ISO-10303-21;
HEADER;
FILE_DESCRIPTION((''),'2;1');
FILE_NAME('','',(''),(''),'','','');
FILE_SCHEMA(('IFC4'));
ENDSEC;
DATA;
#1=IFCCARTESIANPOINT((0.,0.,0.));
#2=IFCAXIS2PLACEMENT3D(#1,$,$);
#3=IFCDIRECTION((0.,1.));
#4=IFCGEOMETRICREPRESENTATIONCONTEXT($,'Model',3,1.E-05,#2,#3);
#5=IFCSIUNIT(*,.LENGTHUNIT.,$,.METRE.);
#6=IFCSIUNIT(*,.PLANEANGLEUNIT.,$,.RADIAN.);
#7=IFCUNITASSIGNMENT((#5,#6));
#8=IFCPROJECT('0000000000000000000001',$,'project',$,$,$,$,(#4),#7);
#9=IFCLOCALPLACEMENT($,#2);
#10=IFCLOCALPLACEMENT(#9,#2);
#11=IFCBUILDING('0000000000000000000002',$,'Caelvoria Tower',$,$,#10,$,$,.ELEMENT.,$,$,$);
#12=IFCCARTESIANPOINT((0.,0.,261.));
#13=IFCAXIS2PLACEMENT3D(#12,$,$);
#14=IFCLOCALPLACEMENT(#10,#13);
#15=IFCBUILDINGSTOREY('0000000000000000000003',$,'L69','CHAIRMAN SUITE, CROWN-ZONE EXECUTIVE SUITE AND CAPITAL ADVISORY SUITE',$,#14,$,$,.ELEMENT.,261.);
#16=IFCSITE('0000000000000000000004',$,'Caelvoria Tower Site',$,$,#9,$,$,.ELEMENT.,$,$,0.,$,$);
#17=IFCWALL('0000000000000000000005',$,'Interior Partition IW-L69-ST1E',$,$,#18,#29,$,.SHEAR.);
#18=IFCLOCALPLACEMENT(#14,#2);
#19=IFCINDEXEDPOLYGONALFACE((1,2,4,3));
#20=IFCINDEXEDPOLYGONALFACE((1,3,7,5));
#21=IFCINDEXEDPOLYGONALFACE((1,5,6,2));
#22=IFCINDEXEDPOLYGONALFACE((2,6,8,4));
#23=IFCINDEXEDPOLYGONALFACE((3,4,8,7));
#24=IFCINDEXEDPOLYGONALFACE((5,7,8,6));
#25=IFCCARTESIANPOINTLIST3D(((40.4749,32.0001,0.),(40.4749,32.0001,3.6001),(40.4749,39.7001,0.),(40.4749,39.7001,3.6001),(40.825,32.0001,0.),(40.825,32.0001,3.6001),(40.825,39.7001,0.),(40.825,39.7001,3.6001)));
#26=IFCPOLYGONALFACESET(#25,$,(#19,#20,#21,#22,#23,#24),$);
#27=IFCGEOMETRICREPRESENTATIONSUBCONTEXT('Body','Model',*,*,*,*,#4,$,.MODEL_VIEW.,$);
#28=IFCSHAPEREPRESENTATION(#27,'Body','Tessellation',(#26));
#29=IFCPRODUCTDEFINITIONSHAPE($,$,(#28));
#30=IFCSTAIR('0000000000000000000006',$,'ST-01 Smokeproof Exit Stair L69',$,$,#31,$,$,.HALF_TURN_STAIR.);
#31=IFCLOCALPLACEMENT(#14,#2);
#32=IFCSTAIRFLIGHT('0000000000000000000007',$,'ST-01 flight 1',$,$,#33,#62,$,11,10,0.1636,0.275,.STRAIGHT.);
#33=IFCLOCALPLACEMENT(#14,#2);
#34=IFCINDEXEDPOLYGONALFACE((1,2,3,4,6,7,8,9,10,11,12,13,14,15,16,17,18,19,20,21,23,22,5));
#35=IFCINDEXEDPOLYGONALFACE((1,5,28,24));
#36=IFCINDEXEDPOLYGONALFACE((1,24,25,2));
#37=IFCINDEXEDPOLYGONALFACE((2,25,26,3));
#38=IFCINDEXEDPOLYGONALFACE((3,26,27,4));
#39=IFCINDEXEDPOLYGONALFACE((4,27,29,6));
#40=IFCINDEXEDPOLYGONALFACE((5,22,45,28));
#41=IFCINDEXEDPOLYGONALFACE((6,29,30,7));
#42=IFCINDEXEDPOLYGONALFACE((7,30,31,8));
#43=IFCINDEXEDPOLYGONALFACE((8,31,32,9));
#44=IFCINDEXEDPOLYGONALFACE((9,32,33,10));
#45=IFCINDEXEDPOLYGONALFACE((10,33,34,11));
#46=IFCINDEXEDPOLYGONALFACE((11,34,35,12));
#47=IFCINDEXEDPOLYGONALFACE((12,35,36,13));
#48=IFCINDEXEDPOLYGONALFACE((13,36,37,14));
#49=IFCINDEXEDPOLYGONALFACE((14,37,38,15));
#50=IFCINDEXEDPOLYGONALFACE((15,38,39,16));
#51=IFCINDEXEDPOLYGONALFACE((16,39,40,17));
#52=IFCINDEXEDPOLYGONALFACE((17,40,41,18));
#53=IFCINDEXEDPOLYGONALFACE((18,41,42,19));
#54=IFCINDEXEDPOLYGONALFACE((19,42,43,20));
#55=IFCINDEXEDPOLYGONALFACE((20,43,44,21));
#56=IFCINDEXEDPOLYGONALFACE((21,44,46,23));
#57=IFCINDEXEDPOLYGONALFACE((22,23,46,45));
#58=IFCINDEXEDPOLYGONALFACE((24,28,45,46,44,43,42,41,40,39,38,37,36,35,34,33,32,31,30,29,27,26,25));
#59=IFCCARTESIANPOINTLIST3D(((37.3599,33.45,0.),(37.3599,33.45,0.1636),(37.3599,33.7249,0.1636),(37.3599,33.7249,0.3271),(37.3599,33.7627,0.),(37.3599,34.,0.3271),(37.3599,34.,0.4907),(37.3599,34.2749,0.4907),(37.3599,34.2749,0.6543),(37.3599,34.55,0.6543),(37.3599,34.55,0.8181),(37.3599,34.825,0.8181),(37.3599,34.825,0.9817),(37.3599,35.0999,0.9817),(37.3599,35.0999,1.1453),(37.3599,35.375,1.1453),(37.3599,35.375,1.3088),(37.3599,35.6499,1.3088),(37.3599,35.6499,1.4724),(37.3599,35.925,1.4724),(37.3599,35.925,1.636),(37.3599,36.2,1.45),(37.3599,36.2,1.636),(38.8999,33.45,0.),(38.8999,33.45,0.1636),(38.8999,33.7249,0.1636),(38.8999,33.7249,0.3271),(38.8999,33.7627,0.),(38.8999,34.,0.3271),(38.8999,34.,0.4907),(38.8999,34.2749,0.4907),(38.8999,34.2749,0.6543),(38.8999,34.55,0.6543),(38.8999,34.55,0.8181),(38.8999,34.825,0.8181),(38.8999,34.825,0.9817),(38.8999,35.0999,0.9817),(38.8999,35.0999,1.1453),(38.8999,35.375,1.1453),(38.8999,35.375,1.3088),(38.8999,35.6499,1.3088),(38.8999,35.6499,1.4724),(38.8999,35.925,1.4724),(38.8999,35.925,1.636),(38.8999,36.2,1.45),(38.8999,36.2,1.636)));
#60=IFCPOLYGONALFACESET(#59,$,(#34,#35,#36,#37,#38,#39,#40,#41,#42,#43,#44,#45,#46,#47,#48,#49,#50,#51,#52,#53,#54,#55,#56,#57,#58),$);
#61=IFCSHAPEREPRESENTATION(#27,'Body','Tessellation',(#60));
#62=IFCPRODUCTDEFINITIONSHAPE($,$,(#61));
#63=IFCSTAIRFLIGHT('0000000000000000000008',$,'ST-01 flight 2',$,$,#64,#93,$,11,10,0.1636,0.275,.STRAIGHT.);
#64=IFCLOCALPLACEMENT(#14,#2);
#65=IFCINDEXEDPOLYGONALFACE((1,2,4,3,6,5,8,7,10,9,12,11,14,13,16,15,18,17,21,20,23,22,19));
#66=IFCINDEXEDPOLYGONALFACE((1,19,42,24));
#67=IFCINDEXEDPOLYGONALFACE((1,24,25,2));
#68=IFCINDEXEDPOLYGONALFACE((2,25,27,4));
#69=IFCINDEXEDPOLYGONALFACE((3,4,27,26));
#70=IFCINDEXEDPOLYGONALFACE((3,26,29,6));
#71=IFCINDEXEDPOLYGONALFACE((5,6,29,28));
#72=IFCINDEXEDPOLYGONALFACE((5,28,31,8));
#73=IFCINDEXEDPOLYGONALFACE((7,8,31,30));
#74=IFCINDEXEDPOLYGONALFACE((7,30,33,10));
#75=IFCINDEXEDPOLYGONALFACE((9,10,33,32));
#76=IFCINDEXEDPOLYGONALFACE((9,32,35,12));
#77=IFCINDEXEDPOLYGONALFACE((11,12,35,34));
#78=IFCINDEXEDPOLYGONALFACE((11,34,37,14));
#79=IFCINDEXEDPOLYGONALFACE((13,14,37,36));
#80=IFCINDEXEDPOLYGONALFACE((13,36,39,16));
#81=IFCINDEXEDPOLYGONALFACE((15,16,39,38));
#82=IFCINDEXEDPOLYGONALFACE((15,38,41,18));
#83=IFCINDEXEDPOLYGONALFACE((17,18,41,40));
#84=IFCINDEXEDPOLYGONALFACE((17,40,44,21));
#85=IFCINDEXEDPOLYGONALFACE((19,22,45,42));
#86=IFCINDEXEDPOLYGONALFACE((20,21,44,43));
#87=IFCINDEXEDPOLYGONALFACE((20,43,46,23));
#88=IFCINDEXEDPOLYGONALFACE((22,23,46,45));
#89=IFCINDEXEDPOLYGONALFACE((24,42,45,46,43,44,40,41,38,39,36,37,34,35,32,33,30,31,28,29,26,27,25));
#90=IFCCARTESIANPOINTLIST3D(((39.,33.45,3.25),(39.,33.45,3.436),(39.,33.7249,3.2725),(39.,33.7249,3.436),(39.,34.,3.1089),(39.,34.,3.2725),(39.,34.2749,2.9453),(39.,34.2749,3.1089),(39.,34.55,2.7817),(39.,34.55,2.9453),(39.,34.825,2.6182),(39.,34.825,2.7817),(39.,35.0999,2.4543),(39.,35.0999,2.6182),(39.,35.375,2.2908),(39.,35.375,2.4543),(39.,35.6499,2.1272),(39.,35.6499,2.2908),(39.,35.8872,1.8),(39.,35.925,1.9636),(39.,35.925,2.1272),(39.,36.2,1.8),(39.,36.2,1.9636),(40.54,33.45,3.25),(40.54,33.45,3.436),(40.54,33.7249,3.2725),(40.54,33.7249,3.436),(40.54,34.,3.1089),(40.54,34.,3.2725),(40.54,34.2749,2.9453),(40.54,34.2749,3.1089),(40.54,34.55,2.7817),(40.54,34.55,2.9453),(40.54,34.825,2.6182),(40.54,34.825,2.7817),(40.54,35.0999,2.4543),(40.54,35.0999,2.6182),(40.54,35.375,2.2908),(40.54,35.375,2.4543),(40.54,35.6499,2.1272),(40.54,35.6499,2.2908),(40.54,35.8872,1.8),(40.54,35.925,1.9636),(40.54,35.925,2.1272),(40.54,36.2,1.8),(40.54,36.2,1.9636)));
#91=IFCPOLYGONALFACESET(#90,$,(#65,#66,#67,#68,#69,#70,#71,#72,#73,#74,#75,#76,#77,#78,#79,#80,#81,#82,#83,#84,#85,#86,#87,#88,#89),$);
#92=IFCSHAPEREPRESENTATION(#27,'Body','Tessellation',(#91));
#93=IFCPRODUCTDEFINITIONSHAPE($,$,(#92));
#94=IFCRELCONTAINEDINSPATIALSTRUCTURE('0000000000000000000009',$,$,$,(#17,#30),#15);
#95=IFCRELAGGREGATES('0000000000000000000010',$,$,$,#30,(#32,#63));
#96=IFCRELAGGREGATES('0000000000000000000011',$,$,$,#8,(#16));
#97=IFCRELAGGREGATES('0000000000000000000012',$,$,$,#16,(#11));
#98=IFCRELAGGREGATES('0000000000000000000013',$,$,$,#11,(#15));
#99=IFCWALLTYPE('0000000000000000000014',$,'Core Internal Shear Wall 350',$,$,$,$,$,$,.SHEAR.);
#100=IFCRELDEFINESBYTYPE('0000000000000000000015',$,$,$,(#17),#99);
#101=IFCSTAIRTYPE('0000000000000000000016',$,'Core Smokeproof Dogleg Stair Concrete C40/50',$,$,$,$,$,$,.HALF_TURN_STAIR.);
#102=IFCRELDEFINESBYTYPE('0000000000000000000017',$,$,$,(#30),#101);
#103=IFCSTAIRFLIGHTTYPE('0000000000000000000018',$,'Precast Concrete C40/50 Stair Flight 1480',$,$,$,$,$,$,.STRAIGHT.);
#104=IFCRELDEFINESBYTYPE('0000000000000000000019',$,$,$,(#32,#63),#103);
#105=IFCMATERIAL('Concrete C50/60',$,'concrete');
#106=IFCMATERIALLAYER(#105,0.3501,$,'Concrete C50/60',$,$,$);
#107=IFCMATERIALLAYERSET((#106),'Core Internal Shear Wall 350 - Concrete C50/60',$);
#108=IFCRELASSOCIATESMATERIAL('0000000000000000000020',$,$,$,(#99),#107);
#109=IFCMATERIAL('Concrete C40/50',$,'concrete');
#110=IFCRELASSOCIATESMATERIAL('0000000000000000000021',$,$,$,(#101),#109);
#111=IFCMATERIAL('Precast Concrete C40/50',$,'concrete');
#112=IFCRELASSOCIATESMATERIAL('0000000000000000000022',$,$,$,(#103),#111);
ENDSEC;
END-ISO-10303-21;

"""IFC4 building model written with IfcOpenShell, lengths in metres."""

from ifc_helpers import new_model, si_unit, direction, frame, frame_2d, origin, place, context, subcontext, project, spatial, polyline, rectangle, outline, extrude, material, layer, layer_set, type_object, element, aggregate, save


model = new_model("IFC4")

# Units and contexts
model_context = context("Model", 3, precision=1e-05, world=origin(), true_north=direction((0.0, 1.0)))
body_context = subcontext(model_context, "Body", "Model", "MODEL_VIEW")
ifc_project = project(units=[si_unit("LENGTHUNIT", "METRE"), si_unit("PLANEANGLEUNIT", "RADIAN")], contexts=[model_context])

# Site, building, storey
site_placement = place(None, origin())
site = spatial("IfcSite", under=ifc_project, at=site_placement, Name="Caelvoria Tower Site", CompositionType="ELEMENT", RefElevation=0.0)
building_placement = place(site_placement, origin())
building = spatial("IfcBuilding", under=site, at=building_placement, Name="Caelvoria Tower", CompositionType="ELEMENT")
storey_placement = place(building_placement, frame((0.0, 0.0, 261.0)))
storey = spatial("IfcBuildingStorey", under=building, at=storey_placement, Name="L69", Description="CHAIRMAN SUITE, CROWN-ZONE EXECUTIVE SUITE AND CAPITAL ADVISORY SUITE", CompositionType="ELEMENT", Elevation=261.0)

# Shared definitions
ifc_material_1 = material(Name="Concrete C50/60", Category="concrete")
ifc_layer_1 = layer(ifc_material_1, 0.3501, Name="Concrete C50/60")
ifc_layer_set_1 = layer_set([ifc_layer_1], Name="Core Internal Shear Wall 350 - Concrete C50/60")
wall_type_1 = type_object("IfcWallType", Name="Core Internal Shear Wall 350", PredefinedType="SHEAR", material=ifc_layer_set_1)

# Wall
wall_1_placement = place(storey_placement, frame((40.6499, 32.0, 0.0), z_axis=(0.0, 0.0, 1.0), x_axis=(0.0, 1.0, 0.0)))
element("IfcWall", 1, at=wall_1_placement, inside=storey, type_object=wall_type_1, Name="Interior Partition IW-L69-ST1E", PredefinedType="SHEAR", context=body_context, shape_type="SweptSolid", body=[
    extrude(rectangle(XDim=7.7, YDim=0.3501, at=frame_2d((3.8501, 0.0))), origin(), (0.0, 0.0, 1.0), 3.6001),
])

# Stair, stair flights
ifc_material_2 = material(Name="Concrete C40/50", Category="concrete")
stair_type = type_object("IfcStairType", Name="Core Smokeproof Dogleg Stair Concrete C40/50", PredefinedType="HALF_TURN_STAIR", material=ifc_material_2)
stair_placement = place(storey_placement, origin())
stair = element("IfcStair", 2, at=stair_placement, inside=storey, type_object=stair_type, Name="ST-01 Smokeproof Exit Stair L69", PredefinedType="HALF_TURN_STAIR")
ifc_material_3 = material(Name="Precast Concrete C40/50", Category="concrete")
stair_flight_type = type_object("IfcStairFlightType", Name="Precast Concrete C40/50 Stair Flight 1480", PredefinedType="STRAIGHT", material=ifc_material_3)
stair_flight_1_placement = place(storey_placement, frame((38.1299, 33.45, 0.0), z_axis=(0.0, 0.0, 1.0), x_axis=(0.0, 1.0, 0.0)))
stair_flight_1 = element("IfcStairFlight", 3, at=stair_flight_1_placement, type_object=stair_flight_type, Name="ST-01 flight 1", NumberOfRisers=11, NumberOfTreads=10, PredefinedType="STRAIGHT", RiserHeight=0.1636, TreadLength=0.275, context=body_context, shape_type="SweptSolid", body=[
    extrude(outline(polyline([(0.0, 0.0), (0.0, 0.1636), (0.2749, 0.1636), (0.2749, 0.3271), (0.55, 0.3271), (0.55, 0.4907), (0.825, 0.4907), (0.825, 0.6543), (1.1001, 0.6543), (1.1001, 0.8181), (1.375, 0.8181), (1.375, 0.9817), (1.6499, 0.9817), (1.6499, 1.1453), (1.925, 1.1453), (1.925, 1.3088), (2.2, 1.3088), (2.2, 1.4724), (2.4751, 1.4724), (2.4751, 1.636), (2.75, 1.636), (2.75, 1.7996), (2.75, 1.45), (0.3127, 0.0), (0.0, 0.0)])), frame((0.0, 0.77, 0.0), z_axis=(0.0, -1.0, 0.0), x_axis=(1.0, 0.0, 0.0)), (0.0, 0.0, 1.0), 1.54),
])
stair_flight_2_placement = place(storey_placement, frame((39.77, 36.2, 1.8), z_axis=(0.0, 0.0, 1.0), x_axis=(0.0, -1.0, 0.0)))
stair_flight_2 = element("IfcStairFlight", 4, at=stair_flight_2_placement, type_object=stair_flight_type, Name="ST-01 flight 2", NumberOfRisers=11, NumberOfTreads=10, PredefinedType="STRAIGHT", RiserHeight=0.1636, TreadLength=0.275, context=body_context, shape_type="SweptSolid", body=[
    extrude(outline(polyline([(0.0, 0.0), (0.0, 0.1636), (0.2749, 0.1636), (0.2749, 0.3271), (0.55, 0.3271), (0.55, 0.4907), (0.825, 0.4907), (0.825, 0.6543), (1.1001, 0.6543), (1.1001, 0.8181), (1.375, 0.8181), (1.375, 0.9817), (1.6499, 0.9817), (1.6499, 1.1453), (1.925, 1.1453), (1.925, 1.3088), (2.2, 1.3088), (2.2, 1.4724), (2.4751, 1.4724), (2.4751, 1.636), (2.75, 1.636), (2.75, 1.7996), (2.75, 1.45), (0.3127, 0.0), (0.0, 0.0)])), frame((0.0, 0.77, 0.0), z_axis=(0.0, -1.0, 0.0), x_axis=(1.0, 0.0, 0.0)), (0.0, 0.0, 1.0), 1.54),
])
aggregate(stair, [stair_flight_1, stair_flight_2])

save(model, "model.ifc")
